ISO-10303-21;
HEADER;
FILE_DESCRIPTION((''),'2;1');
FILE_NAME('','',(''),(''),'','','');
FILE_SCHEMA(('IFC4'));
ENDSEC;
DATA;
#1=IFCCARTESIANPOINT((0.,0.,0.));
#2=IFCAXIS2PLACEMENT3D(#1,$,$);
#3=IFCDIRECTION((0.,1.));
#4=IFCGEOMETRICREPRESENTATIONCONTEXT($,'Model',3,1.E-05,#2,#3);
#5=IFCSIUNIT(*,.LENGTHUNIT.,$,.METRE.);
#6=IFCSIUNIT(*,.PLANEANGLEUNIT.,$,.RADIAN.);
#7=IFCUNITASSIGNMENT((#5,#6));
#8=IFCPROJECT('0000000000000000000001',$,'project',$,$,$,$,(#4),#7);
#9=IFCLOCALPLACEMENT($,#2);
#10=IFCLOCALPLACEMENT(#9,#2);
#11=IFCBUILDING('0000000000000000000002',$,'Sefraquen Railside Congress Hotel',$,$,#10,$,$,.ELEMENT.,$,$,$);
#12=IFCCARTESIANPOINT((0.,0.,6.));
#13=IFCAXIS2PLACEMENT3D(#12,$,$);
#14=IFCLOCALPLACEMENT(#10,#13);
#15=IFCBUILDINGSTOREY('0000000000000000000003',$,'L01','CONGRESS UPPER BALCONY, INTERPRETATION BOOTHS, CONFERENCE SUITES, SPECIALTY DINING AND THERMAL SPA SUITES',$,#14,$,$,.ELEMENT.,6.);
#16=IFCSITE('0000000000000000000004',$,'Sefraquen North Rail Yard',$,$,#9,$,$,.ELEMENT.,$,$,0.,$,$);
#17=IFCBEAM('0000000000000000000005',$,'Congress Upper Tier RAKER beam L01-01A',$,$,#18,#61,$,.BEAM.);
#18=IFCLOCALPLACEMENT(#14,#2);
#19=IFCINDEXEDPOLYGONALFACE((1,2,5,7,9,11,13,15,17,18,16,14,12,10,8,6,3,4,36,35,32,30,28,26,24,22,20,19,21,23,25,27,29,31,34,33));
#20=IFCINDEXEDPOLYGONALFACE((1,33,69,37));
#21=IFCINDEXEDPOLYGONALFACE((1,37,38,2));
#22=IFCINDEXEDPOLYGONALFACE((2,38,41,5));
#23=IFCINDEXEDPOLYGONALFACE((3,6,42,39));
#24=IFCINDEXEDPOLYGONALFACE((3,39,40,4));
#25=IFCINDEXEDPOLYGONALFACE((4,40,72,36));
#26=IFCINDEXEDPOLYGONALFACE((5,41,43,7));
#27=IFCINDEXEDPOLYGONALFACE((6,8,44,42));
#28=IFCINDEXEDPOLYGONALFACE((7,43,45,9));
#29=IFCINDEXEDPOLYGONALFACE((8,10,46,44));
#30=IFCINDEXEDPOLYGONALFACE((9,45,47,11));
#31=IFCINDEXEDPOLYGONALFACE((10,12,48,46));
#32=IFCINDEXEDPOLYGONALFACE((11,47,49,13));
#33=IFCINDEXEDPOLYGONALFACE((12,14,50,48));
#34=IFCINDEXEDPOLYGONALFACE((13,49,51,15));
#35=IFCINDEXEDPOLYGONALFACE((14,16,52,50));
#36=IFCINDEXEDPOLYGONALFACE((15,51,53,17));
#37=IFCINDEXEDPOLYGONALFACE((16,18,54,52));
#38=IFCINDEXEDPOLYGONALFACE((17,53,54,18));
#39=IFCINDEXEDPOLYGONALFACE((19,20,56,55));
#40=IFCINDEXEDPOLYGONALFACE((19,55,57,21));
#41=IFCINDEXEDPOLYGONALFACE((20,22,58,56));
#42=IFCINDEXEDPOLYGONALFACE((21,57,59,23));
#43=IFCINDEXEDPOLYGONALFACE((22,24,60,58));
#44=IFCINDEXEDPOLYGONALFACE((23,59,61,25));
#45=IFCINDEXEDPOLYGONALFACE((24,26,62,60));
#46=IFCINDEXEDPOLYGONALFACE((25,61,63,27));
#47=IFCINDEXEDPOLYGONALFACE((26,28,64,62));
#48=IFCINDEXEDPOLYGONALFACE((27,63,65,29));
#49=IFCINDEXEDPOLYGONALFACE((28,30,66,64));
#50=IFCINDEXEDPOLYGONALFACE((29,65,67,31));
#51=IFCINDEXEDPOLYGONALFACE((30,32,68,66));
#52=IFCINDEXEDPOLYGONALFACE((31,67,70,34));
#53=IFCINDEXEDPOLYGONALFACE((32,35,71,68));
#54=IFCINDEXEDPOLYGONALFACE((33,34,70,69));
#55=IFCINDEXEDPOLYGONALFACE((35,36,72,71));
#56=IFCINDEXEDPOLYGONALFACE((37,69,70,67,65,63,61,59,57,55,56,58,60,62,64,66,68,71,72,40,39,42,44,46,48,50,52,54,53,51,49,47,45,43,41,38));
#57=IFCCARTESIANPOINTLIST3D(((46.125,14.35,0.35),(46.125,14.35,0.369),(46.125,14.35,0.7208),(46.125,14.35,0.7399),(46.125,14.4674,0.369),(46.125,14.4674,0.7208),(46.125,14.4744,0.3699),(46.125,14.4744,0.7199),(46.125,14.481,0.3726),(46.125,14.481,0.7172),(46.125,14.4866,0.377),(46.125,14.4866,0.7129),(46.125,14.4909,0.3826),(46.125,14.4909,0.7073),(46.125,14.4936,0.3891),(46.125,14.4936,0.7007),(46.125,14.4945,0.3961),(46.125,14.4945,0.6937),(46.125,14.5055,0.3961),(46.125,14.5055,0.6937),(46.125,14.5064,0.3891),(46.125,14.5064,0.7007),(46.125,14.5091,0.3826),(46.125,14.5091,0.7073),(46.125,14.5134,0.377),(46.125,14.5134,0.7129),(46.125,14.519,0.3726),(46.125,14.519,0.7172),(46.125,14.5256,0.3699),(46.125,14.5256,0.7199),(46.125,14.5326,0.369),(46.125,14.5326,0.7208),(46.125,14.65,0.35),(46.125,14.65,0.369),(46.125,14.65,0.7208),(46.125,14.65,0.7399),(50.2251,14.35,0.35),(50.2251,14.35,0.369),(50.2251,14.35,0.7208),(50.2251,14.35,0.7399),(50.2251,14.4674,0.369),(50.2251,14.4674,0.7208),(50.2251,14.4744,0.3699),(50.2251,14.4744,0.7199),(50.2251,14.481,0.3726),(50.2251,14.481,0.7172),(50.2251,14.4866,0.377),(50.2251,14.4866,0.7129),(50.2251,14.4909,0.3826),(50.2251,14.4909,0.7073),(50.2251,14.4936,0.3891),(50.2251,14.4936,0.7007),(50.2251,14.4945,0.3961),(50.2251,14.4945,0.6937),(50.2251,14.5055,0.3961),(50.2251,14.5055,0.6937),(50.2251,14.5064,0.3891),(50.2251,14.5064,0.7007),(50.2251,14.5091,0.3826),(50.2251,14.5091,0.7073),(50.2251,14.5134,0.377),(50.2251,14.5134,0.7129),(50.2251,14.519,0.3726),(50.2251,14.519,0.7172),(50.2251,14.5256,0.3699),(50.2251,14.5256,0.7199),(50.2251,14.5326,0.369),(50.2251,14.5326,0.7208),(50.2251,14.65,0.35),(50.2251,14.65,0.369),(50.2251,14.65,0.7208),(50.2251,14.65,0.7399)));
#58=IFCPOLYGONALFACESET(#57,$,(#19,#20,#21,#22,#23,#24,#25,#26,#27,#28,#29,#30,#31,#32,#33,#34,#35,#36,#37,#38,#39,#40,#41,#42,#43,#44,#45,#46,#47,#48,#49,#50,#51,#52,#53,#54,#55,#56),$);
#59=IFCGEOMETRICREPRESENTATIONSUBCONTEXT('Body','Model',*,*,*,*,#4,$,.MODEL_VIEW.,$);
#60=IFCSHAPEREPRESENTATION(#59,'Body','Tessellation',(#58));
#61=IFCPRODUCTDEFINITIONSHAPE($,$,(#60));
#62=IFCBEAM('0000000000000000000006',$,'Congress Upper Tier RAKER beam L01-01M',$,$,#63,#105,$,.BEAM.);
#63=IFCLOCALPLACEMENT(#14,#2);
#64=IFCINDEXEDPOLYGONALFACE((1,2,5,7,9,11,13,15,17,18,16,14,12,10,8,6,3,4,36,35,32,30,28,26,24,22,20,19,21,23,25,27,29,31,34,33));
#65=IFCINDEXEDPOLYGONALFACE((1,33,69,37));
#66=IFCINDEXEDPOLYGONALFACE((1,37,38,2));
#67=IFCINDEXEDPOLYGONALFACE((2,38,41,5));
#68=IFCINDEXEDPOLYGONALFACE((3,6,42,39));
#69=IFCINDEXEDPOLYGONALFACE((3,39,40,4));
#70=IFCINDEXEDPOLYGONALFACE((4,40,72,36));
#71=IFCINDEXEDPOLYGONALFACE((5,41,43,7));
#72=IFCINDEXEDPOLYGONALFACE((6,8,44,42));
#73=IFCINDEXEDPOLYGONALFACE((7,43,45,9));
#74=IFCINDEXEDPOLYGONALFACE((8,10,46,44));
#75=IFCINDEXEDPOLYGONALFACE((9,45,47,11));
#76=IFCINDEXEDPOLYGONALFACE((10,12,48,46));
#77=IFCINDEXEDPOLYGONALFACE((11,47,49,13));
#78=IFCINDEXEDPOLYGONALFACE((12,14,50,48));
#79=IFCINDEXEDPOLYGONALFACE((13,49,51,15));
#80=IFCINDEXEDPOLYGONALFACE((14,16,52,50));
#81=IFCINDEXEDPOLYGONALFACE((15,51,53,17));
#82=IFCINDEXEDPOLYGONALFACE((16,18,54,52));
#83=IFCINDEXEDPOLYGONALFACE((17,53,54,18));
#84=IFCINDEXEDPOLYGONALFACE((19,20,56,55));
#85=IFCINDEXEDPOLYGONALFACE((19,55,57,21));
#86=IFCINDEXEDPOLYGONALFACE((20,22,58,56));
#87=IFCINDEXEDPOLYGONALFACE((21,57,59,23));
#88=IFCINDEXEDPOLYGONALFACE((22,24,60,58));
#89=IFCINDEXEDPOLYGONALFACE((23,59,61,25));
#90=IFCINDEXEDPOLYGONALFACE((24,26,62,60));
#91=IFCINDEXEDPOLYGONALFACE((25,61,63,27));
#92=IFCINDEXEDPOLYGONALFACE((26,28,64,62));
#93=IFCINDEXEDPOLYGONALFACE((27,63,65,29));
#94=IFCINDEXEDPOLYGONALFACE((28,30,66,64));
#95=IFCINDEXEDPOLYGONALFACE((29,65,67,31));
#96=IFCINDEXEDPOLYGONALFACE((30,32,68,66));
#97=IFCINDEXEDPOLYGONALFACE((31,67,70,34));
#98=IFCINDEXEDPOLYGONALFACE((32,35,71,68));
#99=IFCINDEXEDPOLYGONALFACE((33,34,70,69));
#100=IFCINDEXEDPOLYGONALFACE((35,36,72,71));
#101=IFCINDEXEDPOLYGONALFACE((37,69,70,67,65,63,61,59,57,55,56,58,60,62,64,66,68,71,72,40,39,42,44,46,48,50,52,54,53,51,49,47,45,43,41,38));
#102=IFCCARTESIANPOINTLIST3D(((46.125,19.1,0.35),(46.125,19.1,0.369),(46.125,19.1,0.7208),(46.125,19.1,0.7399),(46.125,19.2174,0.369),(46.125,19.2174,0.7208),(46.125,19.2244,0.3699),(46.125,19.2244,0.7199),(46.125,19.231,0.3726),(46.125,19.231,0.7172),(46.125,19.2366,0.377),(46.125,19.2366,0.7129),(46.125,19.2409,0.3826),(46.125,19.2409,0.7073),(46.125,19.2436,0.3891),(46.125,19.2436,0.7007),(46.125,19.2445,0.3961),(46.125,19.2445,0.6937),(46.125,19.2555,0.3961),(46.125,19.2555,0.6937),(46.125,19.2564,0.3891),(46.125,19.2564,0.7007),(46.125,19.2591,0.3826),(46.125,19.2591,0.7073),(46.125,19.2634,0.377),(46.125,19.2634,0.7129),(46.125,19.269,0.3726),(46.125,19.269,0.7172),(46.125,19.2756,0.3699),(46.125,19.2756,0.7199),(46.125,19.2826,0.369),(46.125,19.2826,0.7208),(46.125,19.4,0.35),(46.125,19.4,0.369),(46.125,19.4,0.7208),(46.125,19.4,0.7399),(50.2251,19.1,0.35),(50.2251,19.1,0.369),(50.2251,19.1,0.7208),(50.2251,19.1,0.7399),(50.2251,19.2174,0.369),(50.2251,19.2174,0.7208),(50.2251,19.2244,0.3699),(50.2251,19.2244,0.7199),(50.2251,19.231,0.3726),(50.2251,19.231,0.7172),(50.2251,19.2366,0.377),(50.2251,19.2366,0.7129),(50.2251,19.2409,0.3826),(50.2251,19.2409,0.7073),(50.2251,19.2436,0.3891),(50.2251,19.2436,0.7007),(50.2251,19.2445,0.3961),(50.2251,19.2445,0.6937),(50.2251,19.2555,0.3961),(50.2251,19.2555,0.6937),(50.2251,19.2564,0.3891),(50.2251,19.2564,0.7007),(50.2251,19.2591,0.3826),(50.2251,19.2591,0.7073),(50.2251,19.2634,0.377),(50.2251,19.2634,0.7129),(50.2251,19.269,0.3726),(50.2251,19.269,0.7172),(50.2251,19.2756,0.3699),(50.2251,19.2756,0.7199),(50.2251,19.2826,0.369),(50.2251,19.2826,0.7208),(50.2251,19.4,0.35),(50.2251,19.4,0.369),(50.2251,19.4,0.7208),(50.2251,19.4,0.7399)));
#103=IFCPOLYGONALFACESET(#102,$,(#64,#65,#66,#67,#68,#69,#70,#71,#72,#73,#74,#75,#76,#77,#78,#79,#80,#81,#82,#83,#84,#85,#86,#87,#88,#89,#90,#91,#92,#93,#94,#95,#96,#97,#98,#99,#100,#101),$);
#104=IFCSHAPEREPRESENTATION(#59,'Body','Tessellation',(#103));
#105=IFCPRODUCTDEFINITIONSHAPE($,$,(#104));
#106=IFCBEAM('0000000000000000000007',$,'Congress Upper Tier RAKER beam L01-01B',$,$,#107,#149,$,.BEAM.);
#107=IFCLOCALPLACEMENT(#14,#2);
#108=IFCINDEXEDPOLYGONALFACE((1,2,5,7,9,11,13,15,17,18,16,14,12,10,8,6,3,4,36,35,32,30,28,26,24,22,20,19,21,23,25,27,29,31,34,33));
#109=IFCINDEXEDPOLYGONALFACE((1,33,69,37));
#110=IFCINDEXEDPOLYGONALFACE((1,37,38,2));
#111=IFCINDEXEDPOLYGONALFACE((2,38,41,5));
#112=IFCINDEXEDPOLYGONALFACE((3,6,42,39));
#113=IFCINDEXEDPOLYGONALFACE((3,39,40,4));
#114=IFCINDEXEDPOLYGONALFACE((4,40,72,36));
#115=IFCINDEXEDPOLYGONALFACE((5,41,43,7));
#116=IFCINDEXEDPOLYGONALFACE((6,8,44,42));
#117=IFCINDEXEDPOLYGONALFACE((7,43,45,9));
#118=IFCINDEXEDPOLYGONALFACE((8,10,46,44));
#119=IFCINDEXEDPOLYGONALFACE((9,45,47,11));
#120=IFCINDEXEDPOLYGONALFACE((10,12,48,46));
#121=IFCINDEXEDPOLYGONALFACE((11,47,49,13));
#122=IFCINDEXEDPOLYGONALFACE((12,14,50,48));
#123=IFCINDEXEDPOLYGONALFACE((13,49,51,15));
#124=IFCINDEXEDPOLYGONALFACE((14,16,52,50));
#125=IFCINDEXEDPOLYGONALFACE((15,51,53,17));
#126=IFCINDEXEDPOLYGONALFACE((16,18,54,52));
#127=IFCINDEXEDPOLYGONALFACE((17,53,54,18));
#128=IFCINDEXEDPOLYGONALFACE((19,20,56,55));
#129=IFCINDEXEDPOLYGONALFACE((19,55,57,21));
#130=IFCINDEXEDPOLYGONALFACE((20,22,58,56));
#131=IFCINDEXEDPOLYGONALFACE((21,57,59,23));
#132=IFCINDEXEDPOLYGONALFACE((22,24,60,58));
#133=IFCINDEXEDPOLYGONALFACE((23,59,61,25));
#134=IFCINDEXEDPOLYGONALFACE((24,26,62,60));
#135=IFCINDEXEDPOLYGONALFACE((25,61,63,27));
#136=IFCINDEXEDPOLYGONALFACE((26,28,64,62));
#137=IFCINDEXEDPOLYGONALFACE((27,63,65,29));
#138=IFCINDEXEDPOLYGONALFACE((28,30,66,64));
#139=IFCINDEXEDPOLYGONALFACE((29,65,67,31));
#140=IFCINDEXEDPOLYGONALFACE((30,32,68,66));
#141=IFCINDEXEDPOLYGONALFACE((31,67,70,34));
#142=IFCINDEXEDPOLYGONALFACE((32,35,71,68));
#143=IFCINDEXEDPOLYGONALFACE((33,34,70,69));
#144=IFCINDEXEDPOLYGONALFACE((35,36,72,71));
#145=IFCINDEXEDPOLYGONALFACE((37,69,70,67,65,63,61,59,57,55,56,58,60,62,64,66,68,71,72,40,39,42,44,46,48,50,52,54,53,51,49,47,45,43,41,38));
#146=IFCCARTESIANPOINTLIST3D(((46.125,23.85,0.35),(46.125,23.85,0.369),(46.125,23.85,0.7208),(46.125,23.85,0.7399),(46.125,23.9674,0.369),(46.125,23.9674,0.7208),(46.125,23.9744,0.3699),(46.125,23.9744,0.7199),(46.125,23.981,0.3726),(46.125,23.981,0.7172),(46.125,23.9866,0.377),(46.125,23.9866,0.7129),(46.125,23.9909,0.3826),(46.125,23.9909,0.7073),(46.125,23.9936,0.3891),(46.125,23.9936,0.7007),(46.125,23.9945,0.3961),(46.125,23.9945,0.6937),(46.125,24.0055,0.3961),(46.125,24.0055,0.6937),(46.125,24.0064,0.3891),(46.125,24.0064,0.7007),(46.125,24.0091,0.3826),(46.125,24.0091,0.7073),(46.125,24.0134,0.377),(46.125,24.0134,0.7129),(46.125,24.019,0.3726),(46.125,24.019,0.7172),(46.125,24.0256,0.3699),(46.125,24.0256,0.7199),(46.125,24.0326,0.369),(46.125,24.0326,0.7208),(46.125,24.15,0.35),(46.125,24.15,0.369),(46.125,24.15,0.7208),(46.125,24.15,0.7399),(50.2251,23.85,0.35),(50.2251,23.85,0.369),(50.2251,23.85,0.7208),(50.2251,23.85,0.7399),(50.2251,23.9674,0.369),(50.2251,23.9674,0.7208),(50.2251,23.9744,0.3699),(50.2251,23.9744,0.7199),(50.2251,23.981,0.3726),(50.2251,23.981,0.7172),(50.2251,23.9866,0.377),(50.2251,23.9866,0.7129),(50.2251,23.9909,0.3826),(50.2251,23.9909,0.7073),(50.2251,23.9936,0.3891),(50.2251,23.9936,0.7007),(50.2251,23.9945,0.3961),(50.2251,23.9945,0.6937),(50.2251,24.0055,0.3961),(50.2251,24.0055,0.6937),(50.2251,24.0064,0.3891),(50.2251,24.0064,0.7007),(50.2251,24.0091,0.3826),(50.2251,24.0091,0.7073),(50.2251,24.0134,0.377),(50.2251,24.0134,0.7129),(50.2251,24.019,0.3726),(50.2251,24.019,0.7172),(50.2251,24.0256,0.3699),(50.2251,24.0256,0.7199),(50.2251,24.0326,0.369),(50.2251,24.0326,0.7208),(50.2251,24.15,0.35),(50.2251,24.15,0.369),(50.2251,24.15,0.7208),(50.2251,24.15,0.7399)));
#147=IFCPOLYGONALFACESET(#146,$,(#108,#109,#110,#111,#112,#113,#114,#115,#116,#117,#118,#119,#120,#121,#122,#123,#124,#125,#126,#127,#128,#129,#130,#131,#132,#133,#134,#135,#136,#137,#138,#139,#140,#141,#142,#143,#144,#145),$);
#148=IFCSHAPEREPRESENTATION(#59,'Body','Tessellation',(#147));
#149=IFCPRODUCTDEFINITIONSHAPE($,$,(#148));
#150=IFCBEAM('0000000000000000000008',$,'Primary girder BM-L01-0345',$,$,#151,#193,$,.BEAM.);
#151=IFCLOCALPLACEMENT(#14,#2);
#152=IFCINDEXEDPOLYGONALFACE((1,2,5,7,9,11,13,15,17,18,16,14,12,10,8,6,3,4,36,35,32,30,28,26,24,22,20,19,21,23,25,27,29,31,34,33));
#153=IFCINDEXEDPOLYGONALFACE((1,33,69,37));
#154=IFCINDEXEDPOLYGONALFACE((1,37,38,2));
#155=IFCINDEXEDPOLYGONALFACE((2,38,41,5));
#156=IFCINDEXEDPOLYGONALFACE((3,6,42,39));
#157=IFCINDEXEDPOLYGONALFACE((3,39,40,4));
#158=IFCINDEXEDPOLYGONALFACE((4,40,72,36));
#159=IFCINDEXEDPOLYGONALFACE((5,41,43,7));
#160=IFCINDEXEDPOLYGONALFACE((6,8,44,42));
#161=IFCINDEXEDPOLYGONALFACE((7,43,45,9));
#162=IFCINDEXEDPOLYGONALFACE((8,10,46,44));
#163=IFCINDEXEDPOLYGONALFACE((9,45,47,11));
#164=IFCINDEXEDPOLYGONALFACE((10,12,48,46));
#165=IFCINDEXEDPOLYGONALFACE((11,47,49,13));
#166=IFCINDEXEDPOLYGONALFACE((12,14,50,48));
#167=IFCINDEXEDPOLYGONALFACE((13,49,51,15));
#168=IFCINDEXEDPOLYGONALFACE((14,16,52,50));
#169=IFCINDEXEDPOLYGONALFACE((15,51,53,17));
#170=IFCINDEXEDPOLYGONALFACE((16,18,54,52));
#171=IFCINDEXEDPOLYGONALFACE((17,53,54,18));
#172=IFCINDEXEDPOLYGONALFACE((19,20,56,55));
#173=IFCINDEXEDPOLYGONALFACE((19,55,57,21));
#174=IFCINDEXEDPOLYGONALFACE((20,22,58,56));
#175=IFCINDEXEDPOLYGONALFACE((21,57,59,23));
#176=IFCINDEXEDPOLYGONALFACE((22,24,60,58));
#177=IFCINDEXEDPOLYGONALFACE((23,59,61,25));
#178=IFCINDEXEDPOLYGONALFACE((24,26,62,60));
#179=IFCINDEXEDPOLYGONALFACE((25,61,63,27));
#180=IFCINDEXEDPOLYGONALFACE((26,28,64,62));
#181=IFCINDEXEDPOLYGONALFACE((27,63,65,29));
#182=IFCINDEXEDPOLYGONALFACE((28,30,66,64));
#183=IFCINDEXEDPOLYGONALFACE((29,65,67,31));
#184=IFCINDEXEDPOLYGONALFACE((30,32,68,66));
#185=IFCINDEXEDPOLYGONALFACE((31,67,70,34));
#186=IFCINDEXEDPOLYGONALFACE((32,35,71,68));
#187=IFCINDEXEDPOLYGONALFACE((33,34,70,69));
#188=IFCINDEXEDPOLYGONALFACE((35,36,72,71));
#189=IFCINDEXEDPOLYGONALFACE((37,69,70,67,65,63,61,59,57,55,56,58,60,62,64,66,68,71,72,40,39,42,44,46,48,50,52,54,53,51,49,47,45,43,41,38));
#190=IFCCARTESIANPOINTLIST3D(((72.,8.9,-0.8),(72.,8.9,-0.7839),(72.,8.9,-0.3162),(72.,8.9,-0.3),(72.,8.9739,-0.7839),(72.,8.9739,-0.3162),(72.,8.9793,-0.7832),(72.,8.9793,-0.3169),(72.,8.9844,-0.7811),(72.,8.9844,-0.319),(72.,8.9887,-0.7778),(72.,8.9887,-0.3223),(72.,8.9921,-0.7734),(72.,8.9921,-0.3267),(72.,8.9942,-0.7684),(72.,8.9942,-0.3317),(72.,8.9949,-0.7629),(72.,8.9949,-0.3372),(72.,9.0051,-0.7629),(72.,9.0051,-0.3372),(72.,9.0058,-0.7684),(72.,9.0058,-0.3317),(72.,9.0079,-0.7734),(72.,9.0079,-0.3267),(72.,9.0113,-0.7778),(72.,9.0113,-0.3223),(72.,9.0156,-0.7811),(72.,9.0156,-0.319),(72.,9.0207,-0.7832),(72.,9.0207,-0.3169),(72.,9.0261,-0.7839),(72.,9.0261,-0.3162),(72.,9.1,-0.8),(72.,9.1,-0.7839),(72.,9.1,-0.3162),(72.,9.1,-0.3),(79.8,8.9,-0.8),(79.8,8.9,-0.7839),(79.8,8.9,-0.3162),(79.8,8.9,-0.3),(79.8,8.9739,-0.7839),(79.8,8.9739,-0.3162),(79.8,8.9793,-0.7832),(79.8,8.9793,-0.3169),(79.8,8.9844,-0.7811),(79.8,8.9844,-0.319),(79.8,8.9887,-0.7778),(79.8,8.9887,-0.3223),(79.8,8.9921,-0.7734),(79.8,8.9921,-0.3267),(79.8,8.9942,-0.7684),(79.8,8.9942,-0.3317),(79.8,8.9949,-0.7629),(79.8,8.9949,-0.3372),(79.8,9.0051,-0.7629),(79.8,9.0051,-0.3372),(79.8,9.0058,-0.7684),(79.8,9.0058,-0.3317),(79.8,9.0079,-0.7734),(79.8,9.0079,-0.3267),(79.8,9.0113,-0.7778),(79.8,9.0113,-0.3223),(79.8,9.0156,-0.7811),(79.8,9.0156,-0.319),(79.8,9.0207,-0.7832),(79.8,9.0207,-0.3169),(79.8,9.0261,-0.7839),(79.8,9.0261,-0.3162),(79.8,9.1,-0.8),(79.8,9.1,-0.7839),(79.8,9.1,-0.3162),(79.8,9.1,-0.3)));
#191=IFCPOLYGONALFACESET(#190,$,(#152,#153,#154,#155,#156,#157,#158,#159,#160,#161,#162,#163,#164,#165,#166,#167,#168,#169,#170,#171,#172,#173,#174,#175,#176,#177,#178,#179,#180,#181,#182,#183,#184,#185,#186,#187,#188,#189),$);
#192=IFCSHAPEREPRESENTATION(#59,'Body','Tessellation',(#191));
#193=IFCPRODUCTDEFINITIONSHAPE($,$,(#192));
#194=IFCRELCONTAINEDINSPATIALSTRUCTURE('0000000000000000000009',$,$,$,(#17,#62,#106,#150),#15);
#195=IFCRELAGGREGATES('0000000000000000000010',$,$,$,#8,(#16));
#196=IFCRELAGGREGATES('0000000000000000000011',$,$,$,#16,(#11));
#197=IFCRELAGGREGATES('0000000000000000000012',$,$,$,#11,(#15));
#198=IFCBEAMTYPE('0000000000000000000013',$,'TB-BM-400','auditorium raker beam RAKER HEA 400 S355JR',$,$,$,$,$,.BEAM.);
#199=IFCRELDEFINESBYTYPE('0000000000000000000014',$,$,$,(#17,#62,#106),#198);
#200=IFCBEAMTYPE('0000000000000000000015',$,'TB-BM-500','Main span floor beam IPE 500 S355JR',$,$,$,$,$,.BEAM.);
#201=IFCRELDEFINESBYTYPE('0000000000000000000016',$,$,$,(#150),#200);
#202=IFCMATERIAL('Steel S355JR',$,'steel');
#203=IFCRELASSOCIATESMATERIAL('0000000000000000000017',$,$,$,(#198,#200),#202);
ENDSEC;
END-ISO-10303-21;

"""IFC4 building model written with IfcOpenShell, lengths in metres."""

from ifc_helpers import new_model, si_unit, direction, frame, origin, origin_2d, place, context, subcontext, project, spatial, i_section, extrude, material, material_profile, profile_set, type_object, element, save


model = new_model("IFC4")

# Units and contexts
model_context = context("Model", 3, precision=1e-05, world=origin(), true_north=direction((0.0, 1.0)))
body_context = subcontext(model_context, "Body", "Model", "MODEL_VIEW")
ifc_project = project(units=[si_unit("LENGTHUNIT", "METRE"), si_unit("PLANEANGLEUNIT", "RADIAN")], contexts=[model_context])

# Site, building, storey
site_placement = place(None, origin())
site = spatial("IfcSite", under=ifc_project, at=site_placement, Name="Sefraquen North Rail Yard", CompositionType="ELEMENT", RefElevation=0.0)
building_placement = place(site_placement, origin())
building = spatial("IfcBuilding", under=site, at=building_placement, Name="Sefraquen Railside Congress Hotel", CompositionType="ELEMENT")
storey_placement = place(building_placement, frame((0.0, 0.0, 6.0)))
storey = spatial("IfcBuildingStorey", under=building, at=storey_placement, Name="L01", Description="CONGRESS UPPER BALCONY, INTERPRETATION BOOTHS, CONFERENCE SUITES, SPECIALTY DINING AND THERMAL SPA SUITES", CompositionType="ELEMENT", Elevation=6.0)

# Shared definitions
ifc_material_1 = material(Name="Steel S355JR", Category="steel")

# Beams
ifc_material_profile_1 = material_profile(ifc_material_1, i_section(OverallWidth=0.3, OverallDepth=0.3899, WebThickness=0.011, FlangeThickness=0.019, FilletRadius=0.0271, at=origin_2d()), Name="HEA 400")
ifc_profile_set_1 = profile_set([ifc_material_profile_1], Name="Steel S355JR")
beam_type_1 = type_object("IfcBeamType", Name="TB-BM-400", Description="auditorium raker beam RAKER HEA 400 S355JR", PredefinedType="BEAM", material=ifc_profile_set_1)
for number, where, z_axis, x_axis, name in (
    (1, (46.125, 14.5, 0.5449), (1.0, 0.0, 0.0), (0.0, 1.0, 0.0), "Congress Upper Tier RAKER beam L01-01A"),
    (2, (46.125, 19.25, 0.5449), (1.0, 0.0, 0.0), (0.0, 1.0, 0.0), "Congress Upper Tier RAKER beam L01-01M"),
    (3, (46.125, 24.0, 0.5449), (1.0, 0.0, 0.0), (0.0, 1.0, 0.0), "Congress Upper Tier RAKER beam L01-01B"),
):
    element("IfcBeam", number, at=place(storey_placement, frame(where, z_axis=z_axis, x_axis=x_axis)), inside=storey, type_object=beam_type_1, Name=name, PredefinedType="BEAM", context=body_context, shape_type="SweptSolid", body=[
        extrude(i_section(OverallWidth=0.3, OverallDepth=0.3899, WebThickness=0.011, FlangeThickness=0.019, FilletRadius=0.0271, at=origin_2d()), origin(), (0.0, 0.0, 1.0), 4.1001),
    ])
ifc_material_profile_2 = material_profile(ifc_material_1, i_section(OverallWidth=0.2, OverallDepth=0.5, WebThickness=0.0103, FlangeThickness=0.0161, FilletRadius=0.021, at=origin_2d()), Name="IPE 500")
ifc_profile_set_2 = profile_set([ifc_material_profile_2], Name="Steel S355JR")
beam_type_2 = type_object("IfcBeamType", Name="TB-BM-500", Description="Main span floor beam IPE 500 S355JR", PredefinedType="BEAM", material=ifc_profile_set_2)
beam_placement = place(storey_placement, frame((72.0, 9.0, -0.55), z_axis=(1.0, 0.0, 0.0), x_axis=(0.0, 1.0, 0.0)))
element("IfcBeam", 4, at=beam_placement, inside=storey, type_object=beam_type_2, Name="Primary girder BM-L01-0345", PredefinedType="BEAM", context=body_context, shape_type="SweptSolid", body=[
    extrude(i_section(OverallWidth=0.2, OverallDepth=0.5, WebThickness=0.0103, FlangeThickness=0.0161, FilletRadius=0.021, at=origin_2d()), origin(), (0.0, 0.0, 1.0), 7.8),
])

save(model, "model.ifc")
